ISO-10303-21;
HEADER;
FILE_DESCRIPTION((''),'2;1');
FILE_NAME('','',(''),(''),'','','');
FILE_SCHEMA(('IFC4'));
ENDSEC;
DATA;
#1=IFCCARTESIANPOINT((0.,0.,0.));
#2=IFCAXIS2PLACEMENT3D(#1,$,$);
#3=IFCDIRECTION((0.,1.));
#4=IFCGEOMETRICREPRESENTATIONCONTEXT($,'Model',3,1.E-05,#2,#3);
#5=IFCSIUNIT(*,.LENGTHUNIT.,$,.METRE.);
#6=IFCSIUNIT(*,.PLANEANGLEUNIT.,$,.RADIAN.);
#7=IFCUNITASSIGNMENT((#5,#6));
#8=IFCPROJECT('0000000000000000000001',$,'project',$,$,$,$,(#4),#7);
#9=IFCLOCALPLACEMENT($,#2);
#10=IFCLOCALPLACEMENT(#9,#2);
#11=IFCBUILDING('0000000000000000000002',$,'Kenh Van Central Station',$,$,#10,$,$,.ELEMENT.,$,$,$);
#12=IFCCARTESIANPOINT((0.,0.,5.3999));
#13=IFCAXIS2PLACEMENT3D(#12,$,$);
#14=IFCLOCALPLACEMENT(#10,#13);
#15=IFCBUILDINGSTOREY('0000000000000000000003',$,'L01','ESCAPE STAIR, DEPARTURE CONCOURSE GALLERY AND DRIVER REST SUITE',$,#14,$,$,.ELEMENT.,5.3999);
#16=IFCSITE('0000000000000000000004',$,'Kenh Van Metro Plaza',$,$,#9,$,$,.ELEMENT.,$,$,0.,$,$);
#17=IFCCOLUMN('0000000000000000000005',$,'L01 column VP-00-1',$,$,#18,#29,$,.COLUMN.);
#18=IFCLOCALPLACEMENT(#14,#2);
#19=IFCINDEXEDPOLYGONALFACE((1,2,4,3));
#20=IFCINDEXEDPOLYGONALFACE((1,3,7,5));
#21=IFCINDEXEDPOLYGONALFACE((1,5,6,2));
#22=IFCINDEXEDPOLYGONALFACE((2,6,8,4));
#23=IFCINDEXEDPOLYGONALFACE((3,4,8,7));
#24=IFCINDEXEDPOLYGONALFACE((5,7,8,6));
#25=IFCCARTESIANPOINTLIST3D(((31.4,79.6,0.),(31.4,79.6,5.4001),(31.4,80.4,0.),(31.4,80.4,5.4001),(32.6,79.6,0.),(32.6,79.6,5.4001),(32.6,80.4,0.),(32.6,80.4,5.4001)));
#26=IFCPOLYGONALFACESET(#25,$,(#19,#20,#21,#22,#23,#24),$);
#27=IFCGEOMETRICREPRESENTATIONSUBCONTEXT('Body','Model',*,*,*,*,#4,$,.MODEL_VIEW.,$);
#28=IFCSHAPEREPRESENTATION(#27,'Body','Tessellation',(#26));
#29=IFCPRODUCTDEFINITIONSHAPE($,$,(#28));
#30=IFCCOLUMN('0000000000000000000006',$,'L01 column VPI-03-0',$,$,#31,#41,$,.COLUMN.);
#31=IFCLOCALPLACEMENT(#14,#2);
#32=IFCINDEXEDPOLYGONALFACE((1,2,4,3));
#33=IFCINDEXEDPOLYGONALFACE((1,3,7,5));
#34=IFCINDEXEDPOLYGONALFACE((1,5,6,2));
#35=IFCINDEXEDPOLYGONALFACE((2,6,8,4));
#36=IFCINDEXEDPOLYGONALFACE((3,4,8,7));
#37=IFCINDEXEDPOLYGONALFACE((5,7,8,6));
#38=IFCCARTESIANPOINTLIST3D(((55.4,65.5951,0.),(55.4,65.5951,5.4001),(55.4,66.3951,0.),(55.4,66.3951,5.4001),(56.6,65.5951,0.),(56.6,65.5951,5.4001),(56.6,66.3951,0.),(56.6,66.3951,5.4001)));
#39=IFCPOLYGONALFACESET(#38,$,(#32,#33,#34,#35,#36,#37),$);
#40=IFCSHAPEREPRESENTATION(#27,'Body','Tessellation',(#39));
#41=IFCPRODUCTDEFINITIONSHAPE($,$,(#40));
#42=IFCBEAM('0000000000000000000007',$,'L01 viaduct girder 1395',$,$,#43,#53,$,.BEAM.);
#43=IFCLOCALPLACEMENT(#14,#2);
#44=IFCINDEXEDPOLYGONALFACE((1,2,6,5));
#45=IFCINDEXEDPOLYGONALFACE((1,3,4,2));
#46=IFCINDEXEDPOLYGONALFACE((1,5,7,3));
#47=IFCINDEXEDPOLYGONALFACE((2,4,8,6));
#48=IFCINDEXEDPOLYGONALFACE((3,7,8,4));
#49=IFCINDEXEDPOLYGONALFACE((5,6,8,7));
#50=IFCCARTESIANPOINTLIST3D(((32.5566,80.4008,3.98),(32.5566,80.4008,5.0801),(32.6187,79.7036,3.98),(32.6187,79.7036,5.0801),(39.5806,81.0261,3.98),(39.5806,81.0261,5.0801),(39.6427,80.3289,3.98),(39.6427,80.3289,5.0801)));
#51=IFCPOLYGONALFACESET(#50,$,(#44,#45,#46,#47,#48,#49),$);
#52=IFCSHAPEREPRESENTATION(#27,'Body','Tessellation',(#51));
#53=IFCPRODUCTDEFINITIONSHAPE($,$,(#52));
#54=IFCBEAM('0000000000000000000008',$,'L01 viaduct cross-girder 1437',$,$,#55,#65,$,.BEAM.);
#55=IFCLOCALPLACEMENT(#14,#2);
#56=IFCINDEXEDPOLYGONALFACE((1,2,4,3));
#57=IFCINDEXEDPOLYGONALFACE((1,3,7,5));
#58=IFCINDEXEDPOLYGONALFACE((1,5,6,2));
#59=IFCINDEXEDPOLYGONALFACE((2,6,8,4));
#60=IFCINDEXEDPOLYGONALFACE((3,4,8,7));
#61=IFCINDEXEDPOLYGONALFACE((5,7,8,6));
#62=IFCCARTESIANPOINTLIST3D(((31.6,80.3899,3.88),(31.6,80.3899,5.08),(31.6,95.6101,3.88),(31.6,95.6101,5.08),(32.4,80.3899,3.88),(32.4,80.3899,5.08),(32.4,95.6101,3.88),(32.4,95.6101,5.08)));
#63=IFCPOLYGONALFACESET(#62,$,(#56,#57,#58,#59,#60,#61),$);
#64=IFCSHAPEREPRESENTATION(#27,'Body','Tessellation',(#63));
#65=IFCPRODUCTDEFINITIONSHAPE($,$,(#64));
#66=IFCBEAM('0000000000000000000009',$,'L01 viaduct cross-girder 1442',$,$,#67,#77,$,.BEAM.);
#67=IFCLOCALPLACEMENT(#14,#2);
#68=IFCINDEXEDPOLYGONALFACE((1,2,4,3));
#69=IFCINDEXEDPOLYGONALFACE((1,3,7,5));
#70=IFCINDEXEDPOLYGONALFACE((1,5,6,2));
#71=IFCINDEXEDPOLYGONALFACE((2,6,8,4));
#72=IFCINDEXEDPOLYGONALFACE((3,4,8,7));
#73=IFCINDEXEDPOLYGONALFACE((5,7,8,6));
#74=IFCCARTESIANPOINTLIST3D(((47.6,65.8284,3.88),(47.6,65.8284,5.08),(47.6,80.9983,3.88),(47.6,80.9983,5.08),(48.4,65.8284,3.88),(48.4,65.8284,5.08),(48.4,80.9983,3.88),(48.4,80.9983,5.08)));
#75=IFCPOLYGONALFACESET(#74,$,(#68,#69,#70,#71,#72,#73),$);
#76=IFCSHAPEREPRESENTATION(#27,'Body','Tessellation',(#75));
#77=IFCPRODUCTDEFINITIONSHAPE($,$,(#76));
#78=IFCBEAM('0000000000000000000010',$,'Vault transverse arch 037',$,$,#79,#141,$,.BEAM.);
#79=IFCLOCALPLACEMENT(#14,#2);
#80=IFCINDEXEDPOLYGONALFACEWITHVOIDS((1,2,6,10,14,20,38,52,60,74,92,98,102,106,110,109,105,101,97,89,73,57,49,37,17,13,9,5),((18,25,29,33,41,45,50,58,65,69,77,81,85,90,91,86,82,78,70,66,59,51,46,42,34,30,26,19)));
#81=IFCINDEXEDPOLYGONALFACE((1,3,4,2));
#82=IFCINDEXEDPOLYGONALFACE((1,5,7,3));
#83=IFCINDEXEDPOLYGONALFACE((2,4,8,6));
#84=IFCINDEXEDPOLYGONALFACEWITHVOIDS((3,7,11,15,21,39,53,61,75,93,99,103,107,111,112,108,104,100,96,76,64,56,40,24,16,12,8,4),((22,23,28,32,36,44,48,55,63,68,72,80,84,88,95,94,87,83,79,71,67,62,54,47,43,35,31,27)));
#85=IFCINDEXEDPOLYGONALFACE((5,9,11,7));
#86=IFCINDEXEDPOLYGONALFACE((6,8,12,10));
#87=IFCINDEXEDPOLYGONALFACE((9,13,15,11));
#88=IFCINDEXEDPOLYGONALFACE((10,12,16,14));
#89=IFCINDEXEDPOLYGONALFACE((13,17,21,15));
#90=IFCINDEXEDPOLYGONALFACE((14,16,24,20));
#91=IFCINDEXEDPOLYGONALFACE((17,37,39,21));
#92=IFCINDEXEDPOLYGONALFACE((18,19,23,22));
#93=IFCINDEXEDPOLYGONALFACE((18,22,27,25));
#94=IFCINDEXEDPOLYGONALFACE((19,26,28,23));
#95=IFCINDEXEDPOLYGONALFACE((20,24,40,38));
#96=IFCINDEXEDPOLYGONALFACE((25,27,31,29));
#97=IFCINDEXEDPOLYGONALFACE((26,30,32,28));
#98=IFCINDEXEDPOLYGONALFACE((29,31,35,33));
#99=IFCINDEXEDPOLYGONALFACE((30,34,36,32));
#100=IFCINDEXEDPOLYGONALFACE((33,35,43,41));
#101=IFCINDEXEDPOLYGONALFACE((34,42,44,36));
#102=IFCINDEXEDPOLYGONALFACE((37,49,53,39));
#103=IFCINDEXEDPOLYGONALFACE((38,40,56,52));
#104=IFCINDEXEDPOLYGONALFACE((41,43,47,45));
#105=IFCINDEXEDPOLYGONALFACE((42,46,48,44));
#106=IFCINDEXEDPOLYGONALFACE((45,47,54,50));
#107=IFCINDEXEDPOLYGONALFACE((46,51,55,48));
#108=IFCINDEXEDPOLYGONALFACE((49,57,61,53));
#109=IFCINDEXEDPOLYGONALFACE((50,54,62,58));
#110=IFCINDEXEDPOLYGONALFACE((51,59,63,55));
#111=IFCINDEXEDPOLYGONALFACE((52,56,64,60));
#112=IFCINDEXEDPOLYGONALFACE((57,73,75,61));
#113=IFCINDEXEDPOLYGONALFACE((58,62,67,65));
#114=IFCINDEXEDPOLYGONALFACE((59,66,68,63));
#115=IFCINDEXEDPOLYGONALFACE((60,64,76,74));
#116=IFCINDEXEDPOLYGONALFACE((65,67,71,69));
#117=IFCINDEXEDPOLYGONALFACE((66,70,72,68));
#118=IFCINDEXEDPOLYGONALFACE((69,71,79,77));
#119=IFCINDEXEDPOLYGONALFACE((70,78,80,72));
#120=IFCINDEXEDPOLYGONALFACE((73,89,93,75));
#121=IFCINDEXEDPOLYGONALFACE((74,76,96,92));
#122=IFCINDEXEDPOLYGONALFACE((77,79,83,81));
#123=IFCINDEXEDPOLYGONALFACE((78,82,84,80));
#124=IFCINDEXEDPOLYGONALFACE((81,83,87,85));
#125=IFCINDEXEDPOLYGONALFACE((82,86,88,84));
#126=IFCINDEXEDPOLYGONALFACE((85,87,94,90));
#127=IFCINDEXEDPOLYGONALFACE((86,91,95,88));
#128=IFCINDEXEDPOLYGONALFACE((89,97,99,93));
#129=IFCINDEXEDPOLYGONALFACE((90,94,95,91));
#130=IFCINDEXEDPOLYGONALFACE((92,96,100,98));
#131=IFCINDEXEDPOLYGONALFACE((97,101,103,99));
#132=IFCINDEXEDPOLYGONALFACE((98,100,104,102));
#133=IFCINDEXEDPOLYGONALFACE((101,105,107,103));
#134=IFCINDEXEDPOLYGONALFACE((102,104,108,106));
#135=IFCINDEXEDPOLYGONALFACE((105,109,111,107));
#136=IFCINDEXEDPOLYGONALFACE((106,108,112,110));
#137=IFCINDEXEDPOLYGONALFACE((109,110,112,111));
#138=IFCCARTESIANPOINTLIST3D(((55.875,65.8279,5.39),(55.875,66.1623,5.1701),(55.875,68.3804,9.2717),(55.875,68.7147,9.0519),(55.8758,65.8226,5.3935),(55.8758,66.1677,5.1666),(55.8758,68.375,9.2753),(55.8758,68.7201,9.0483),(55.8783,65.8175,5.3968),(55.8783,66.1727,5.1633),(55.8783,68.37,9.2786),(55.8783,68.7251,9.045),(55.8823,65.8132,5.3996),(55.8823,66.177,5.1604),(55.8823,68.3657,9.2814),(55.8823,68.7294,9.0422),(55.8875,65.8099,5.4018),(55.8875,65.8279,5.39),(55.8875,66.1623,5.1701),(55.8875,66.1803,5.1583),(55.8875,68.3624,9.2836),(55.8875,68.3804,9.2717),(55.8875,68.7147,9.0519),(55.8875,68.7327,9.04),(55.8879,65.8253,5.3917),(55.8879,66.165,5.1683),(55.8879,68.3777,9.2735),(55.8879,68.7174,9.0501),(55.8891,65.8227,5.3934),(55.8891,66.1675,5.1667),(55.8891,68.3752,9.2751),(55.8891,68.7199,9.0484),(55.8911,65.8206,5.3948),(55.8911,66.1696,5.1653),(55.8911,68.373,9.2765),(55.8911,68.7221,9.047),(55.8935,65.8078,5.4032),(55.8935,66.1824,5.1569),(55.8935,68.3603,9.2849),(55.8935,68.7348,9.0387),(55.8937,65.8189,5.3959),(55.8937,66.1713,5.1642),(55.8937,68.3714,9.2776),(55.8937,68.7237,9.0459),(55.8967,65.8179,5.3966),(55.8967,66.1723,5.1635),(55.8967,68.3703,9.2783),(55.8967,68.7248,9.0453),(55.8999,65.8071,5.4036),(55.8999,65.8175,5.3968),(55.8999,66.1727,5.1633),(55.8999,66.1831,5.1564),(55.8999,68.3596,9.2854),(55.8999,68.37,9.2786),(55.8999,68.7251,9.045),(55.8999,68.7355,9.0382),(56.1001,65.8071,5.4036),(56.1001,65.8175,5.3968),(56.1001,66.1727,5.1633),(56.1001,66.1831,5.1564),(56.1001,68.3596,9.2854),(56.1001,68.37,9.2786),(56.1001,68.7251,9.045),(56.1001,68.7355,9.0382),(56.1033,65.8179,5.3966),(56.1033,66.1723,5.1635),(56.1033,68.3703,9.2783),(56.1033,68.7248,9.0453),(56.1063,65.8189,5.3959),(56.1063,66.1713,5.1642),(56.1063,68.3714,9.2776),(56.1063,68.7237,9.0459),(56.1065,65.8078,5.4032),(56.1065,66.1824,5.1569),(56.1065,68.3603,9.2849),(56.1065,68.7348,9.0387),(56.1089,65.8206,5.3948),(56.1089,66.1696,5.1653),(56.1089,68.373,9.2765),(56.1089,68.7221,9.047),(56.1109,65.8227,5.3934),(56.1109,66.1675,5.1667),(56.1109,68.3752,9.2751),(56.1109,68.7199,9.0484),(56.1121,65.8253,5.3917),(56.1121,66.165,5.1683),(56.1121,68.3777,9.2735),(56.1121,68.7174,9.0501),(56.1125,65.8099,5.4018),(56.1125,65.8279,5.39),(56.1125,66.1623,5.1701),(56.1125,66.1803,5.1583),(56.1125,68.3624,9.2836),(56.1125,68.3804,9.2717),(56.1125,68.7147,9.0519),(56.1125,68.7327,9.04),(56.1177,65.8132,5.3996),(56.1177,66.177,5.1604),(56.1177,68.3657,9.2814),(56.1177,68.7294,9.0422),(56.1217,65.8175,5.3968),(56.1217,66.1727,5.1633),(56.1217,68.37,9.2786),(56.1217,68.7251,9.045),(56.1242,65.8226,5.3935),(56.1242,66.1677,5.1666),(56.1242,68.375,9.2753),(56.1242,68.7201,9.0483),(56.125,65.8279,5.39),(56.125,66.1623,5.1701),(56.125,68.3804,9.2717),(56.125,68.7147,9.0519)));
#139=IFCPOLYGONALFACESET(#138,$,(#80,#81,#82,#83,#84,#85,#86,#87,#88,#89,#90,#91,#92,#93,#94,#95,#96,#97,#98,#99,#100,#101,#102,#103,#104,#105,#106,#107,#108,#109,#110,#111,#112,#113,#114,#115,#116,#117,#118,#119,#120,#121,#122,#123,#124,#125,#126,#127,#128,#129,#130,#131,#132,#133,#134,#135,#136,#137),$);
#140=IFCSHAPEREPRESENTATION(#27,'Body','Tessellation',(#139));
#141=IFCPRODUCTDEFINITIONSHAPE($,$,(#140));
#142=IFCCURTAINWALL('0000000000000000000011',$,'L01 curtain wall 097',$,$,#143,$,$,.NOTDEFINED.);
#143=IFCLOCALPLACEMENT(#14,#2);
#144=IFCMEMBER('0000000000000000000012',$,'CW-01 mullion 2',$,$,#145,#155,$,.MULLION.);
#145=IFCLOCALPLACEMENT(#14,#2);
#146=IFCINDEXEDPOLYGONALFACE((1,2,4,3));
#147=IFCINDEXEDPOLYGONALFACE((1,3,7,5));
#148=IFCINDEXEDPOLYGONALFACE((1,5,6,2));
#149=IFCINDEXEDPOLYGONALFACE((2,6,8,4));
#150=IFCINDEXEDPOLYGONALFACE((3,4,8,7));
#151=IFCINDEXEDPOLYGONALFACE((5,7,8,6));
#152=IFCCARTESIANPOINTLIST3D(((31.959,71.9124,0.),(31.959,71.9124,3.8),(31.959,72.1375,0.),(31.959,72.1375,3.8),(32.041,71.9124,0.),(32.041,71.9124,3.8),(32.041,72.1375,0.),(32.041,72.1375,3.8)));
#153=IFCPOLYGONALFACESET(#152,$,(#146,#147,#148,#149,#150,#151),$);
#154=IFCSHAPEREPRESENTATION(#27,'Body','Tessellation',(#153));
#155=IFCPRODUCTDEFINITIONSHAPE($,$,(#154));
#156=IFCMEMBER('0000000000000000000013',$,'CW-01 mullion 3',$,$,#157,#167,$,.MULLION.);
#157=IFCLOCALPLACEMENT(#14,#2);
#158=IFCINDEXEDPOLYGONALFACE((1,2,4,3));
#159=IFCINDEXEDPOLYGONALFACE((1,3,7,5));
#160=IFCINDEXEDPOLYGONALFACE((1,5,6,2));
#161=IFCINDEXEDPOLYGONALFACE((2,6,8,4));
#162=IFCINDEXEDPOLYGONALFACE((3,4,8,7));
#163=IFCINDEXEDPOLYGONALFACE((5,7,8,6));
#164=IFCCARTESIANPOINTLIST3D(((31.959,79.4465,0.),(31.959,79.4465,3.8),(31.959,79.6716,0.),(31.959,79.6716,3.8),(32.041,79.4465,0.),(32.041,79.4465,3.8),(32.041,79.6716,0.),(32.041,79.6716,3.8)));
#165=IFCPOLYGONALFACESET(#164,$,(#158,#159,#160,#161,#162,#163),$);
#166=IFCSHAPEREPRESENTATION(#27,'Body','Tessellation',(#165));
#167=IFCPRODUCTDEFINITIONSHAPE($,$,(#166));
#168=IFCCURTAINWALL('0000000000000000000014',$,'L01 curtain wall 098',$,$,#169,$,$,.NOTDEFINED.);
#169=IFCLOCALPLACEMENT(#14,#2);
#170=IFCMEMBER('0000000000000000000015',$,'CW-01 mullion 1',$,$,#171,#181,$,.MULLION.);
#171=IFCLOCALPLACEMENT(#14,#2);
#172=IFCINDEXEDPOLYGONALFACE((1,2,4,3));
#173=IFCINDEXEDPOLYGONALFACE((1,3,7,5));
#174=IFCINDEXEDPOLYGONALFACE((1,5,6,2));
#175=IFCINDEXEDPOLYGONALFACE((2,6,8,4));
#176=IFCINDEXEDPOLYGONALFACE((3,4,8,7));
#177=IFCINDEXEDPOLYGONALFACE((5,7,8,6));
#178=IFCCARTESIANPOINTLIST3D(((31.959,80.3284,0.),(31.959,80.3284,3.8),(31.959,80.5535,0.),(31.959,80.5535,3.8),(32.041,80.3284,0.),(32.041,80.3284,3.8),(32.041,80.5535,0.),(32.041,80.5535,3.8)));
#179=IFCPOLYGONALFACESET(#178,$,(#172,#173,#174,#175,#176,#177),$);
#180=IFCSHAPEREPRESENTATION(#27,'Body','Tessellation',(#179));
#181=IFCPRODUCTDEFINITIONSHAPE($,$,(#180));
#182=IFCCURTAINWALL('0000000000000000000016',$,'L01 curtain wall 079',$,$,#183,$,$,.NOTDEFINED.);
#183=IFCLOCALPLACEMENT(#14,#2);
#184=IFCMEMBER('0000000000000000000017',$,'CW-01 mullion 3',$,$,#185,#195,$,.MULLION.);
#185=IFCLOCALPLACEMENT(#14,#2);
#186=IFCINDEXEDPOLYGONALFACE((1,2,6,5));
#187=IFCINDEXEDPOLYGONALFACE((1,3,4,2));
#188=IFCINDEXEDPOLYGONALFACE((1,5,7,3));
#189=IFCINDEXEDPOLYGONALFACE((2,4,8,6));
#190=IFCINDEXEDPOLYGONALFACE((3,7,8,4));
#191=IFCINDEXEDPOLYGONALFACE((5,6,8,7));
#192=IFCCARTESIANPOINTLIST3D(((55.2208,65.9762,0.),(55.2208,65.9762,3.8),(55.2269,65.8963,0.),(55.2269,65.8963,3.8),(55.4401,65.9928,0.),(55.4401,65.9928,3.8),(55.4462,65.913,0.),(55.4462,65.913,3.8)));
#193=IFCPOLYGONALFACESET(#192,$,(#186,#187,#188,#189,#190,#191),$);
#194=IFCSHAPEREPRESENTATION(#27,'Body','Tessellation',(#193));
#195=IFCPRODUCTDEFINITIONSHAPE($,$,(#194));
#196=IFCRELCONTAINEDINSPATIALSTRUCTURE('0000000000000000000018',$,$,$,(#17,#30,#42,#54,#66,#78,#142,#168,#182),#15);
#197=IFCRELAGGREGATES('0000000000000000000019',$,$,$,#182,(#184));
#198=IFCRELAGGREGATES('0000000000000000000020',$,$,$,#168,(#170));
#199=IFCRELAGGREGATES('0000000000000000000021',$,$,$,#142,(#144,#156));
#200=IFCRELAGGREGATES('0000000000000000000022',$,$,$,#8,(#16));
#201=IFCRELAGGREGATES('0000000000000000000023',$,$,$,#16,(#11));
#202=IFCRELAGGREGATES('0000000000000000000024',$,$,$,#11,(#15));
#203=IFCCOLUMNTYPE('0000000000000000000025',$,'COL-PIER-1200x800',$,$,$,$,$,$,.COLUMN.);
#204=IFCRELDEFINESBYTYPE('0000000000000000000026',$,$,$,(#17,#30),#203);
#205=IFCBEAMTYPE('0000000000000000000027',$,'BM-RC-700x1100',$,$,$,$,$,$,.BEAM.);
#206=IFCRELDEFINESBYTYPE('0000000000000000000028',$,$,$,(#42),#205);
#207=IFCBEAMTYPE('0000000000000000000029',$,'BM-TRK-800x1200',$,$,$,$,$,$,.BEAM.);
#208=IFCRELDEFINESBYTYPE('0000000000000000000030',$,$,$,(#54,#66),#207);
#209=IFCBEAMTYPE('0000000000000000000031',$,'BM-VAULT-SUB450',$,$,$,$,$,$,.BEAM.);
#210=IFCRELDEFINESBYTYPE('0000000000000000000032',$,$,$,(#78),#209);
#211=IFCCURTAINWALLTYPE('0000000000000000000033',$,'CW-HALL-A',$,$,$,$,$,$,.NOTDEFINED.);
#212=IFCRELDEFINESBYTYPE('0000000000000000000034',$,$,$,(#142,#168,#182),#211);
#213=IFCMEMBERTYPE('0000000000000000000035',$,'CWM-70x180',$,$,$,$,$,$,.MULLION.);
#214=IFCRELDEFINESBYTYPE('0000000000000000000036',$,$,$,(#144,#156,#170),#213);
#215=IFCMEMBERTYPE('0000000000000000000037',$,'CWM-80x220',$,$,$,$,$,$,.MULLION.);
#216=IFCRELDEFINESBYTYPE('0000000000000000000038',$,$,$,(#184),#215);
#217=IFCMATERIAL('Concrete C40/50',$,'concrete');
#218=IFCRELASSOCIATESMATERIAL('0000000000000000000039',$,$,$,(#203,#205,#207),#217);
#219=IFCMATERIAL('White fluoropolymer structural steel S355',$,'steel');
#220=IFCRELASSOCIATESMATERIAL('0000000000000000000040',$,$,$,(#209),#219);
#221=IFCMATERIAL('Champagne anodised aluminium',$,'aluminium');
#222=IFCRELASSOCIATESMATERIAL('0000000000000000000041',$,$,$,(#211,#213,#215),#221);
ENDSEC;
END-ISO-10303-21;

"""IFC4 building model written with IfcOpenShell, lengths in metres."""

from ifc_helpers import new_model, si_unit, direction, frame, origin, origin_2d, place, context, subcontext, project, spatial, rectangle, hollow_rectangle, extrude, material, material_profile, profile_set, type_object, element, aggregate, save


model = new_model("IFC4")

# Units and contexts
model_context = context("Model", 3, precision=1e-05, world=origin(), true_north=direction((0.0, 1.0)))
body_context = subcontext(model_context, "Body", "Model", "MODEL_VIEW")
ifc_project = project(units=[si_unit("LENGTHUNIT", "METRE"), si_unit("PLANEANGLEUNIT", "RADIAN")], contexts=[model_context])

# Site, building, storey
site_placement = place(None, origin())
site = spatial("IfcSite", under=ifc_project, at=site_placement, Name="Kenh Van Metro Plaza", CompositionType="ELEMENT", RefElevation=0.0)
building_placement = place(site_placement, origin())
building = spatial("IfcBuilding", under=site, at=building_placement, Name="Kenh Van Central Station", CompositionType="ELEMENT")
storey_placement = place(building_placement, frame((0.0, 0.0, 5.3999)))
storey = spatial("IfcBuildingStorey", under=building, at=storey_placement, Name="L01", Description="ESCAPE STAIR, DEPARTURE CONCOURSE GALLERY AND DRIVER REST SUITE", CompositionType="ELEMENT", Elevation=5.3999)

# Columns
ifc_material_1 = material(Name="Concrete C40/50", Category="concrete")
ifc_material_profile_1 = material_profile(ifc_material_1, rectangle(XDim=1.2, YDim=0.8, at=origin_2d()), Name="RC 1200x800")
ifc_profile_set_1 = profile_set([ifc_material_profile_1], Name="Concrete C40/50")
column_type = type_object("IfcColumnType", Name="COL-PIER-1200x800", PredefinedType="COLUMN", material=ifc_profile_set_1)
for number, where, z_axis, x_axis, name in (
    (1, (32.0, 80.0, 0.0), (0.0, 0.0, 1.0), (1.0, 0.0, 0.0), "L01 column VP-00-1"),
    (2, (56.0, 65.9951, 0.0), (0.0, 0.0, 1.0), (1.0, 0.0, 0.0), "L01 column VPI-03-0"),
):
    element("IfcColumn", number, at=place(storey_placement, frame(where, z_axis=z_axis, x_axis=x_axis)), inside=storey, type_object=column_type, Name=name, PredefinedType="COLUMN", context=body_context, shape_type="SweptSolid", body=[
        extrude(rectangle(XDim=1.2, YDim=0.8, at=origin_2d()), origin(), (0.0, 0.0, 1.0), 5.4001),
    ])

# Beams
ifc_material_profile_2 = material_profile(ifc_material_1, rectangle(XDim=0.7, YDim=1.1001, at=origin_2d()), Name="RC 700x1100")
ifc_profile_set_2 = profile_set([ifc_material_profile_2], Name="Concrete C40/50")
beam_type_1 = type_object("IfcBeamType", Name="BM-RC-700x1100", PredefinedType="BEAM", material=ifc_profile_set_2)
beam_1_placement = place(storey_placement, frame((32.5876, 80.0522, 4.53), z_axis=(0.996061, 0.088666, 0.0), x_axis=(-0.088666, 0.996061, 0.0)))
element("IfcBeam", 3, at=beam_1_placement, inside=storey, type_object=beam_type_1, Name="L01 viaduct girder 1395", PredefinedType="BEAM", context=body_context, shape_type="SweptSolid", body=[
    extrude(rectangle(XDim=0.7, YDim=1.1001, at=origin_2d()), origin(), (0.0, 0.0, 1.0), 7.0518),
])
ifc_material_profile_3 = material_profile(ifc_material_1, rectangle(XDim=0.8, YDim=1.2, at=origin_2d()), Name="RC 800x1200")
ifc_profile_set_3 = profile_set([ifc_material_profile_3], Name="Concrete C40/50")
beam_type_2 = type_object("IfcBeamType", Name="BM-TRK-800x1200", PredefinedType="BEAM", material=ifc_profile_set_3)
beam_2_placement = place(storey_placement, frame((32.0, 80.3899, 4.48), z_axis=(0.0, 1.0, 0.0), x_axis=(-1.0, 0.0, 0.0)))
element("IfcBeam", 4, at=beam_2_placement, inside=storey, type_object=beam_type_2, Name="L01 viaduct cross-girder 1437", PredefinedType="BEAM", context=body_context, shape_type="SweptSolid", body=[
    extrude(rectangle(XDim=0.8, YDim=1.2, at=origin_2d()), origin(), (0.0, 0.0, 1.0), 15.2202),
])
beam_3_placement = place(storey_placement, frame((48.0, 65.8284, 4.48), z_axis=(0.0, 1.0, 0.0), x_axis=(-1.0, 0.0, 0.0)))
element("IfcBeam", 5, at=beam_3_placement, inside=storey, type_object=beam_type_2, Name="L01 viaduct cross-girder 1442", PredefinedType="BEAM", context=body_context, shape_type="SweptSolid", body=[
    extrude(rectangle(XDim=0.8, YDim=1.2, at=origin_2d()), origin(), (0.0, 0.0, 1.0), 15.1699),
])
ifc_material_2 = material(Name="White fluoropolymer structural steel S355", Category="steel")
ifc_material_profile_4 = material_profile(ifc_material_2, hollow_rectangle(XDim=0.25, YDim=0.45, WallThickness=0.0125, InnerFilletRadius=0.0125, OuterFilletRadius=0.0249, at=origin_2d()), Name="RHS 450x250x12.5")
ifc_profile_set_4 = profile_set([ifc_material_profile_4], Name="White fluoropolymer structural steel S355")
beam_type_3 = type_object("IfcBeamType", Name="BM-VAULT-SUB450", PredefinedType="BEAM", material=ifc_profile_set_4)
beam_4_placement = place(storey_placement, frame((56.0, 65.9951, 5.28), z_axis=(0.0, 0.549414, 0.83555), x_axis=(-1.0, 0.0, 0.0)))
element("IfcBeam", 6, at=beam_4_placement, inside=storey, type_object=beam_type_3, Name="Vault transverse arch 037", PredefinedType="BEAM", context=body_context, shape_type="SweptSolid", body=[
    extrude(hollow_rectangle(XDim=0.25, YDim=0.45, WallThickness=0.0125, InnerFilletRadius=0.0125, OuterFilletRadius=0.0249, at=origin_2d()), origin(), (0.0, 0.0, 1.0), 4.6458),
])

# Curtain wall, members
ifc_material_3 = material(Name="Champagne anodised aluminium", Category="aluminium")
curtain_wall_type = type_object("IfcCurtainWallType", Name="CW-HALL-A", PredefinedType="NOTDEFINED", material=ifc_material_3)
curtain_wall_1_placement = place(storey_placement, origin())
curtain_wall_1 = element("IfcCurtainWall", 7, at=curtain_wall_1_placement, inside=storey, type_object=curtain_wall_type, Name="L01 curtain wall 097", PredefinedType="NOTDEFINED")
ifc_material_profile_5 = material_profile(ifc_material_3, rectangle(XDim=0.082, YDim=0.2251, at=origin_2d()), Name="AL 82x225")
ifc_profile_set_5 = profile_set([ifc_material_profile_5], Name="Champagne anodised aluminium")
member_type_1 = type_object("IfcMemberType", Name="CWM-70x180", PredefinedType="MULLION", material=ifc_profile_set_5)
member_1_placement = place(storey_placement, frame((32.0, 72.0249, 0.0), z_axis=(0.0, 0.0, 1.0), x_axis=(-1.0, 0.0, 0.0)))
member_1 = element("IfcMember", 8, at=member_1_placement, type_object=member_type_1, Name="CW-01 mullion 2", PredefinedType="MULLION", context=body_context, shape_type="SweptSolid", body=[
    extrude(rectangle(XDim=0.082, YDim=0.2251, at=origin_2d()), origin(), (0.0, 0.0, 1.0), 3.8),
])
member_2_placement = place(storey_placement, frame((32.0, 79.5591, 0.0), z_axis=(0.0, 0.0, 1.0), x_axis=(-1.0, 0.0, 0.0)))
member_2 = element("IfcMember", 9, at=member_2_placement, type_object=member_type_1, Name="CW-01 mullion 3", PredefinedType="MULLION", context=body_context, shape_type="SweptSolid", body=[
    extrude(rectangle(XDim=0.082, YDim=0.2251, at=origin_2d()), origin(), (0.0, 0.0, 1.0), 3.8),
])

# Curtain walls, members
curtain_wall_2_placement = place(storey_placement, origin())
curtain_wall_2 = element("IfcCurtainWall", 10, at=curtain_wall_2_placement, inside=storey, type_object=curtain_wall_type, Name="L01 curtain wall 098", PredefinedType="NOTDEFINED")
member_3_placement = place(storey_placement, frame((32.0, 80.4409, 0.0), z_axis=(0.0, 0.0, 1.0), x_axis=(-1.0, 0.0, 0.0)))
member_3 = element("IfcMember", 11, at=member_3_placement, type_object=member_type_1, Name="CW-01 mullion 1", PredefinedType="MULLION", context=body_context, shape_type="SweptSolid", body=[
    extrude(rectangle(XDim=0.082, YDim=0.2251, at=origin_2d()), origin(), (0.0, 0.0, 1.0), 3.8),
])
curtain_wall_3_placement = place(storey_placement, origin())
curtain_wall_3 = element("IfcCurtainWall", 12, at=curtain_wall_3_placement, inside=storey, type_object=curtain_wall_type, Name="L01 curtain wall 079", PredefinedType="NOTDEFINED")
ifc_material_profile_6 = material_profile(ifc_material_3, rectangle(XDim=0.0801, YDim=0.22, at=origin_2d()), Name="AL 80x220")
ifc_profile_set_6 = profile_set([ifc_material_profile_6], Name="Champagne anodised aluminium")
member_type_2 = type_object("IfcMemberType", Name="CWM-80x220", PredefinedType="MULLION", material=ifc_profile_set_6)
member_4_placement = place(storey_placement, frame((55.3335, 65.9446, 0.0), z_axis=(0.0, 0.0, 1.0), x_axis=(-0.075632, 0.997136, 0.0)))
member_4 = element("IfcMember", 13, at=member_4_placement, type_object=member_type_2, Name="CW-01 mullion 3", PredefinedType="MULLION", context=body_context, shape_type="SweptSolid", body=[
    extrude(rectangle(XDim=0.0801, YDim=0.22, at=origin_2d()), origin(), (0.0, 0.0, 1.0), 3.8),
])
aggregate(curtain_wall_3, [member_4])

aggregate(curtain_wall_2, [member_3])

aggregate(curtain_wall_1, [member_1, member_2])

save(model, "model.ifc")
